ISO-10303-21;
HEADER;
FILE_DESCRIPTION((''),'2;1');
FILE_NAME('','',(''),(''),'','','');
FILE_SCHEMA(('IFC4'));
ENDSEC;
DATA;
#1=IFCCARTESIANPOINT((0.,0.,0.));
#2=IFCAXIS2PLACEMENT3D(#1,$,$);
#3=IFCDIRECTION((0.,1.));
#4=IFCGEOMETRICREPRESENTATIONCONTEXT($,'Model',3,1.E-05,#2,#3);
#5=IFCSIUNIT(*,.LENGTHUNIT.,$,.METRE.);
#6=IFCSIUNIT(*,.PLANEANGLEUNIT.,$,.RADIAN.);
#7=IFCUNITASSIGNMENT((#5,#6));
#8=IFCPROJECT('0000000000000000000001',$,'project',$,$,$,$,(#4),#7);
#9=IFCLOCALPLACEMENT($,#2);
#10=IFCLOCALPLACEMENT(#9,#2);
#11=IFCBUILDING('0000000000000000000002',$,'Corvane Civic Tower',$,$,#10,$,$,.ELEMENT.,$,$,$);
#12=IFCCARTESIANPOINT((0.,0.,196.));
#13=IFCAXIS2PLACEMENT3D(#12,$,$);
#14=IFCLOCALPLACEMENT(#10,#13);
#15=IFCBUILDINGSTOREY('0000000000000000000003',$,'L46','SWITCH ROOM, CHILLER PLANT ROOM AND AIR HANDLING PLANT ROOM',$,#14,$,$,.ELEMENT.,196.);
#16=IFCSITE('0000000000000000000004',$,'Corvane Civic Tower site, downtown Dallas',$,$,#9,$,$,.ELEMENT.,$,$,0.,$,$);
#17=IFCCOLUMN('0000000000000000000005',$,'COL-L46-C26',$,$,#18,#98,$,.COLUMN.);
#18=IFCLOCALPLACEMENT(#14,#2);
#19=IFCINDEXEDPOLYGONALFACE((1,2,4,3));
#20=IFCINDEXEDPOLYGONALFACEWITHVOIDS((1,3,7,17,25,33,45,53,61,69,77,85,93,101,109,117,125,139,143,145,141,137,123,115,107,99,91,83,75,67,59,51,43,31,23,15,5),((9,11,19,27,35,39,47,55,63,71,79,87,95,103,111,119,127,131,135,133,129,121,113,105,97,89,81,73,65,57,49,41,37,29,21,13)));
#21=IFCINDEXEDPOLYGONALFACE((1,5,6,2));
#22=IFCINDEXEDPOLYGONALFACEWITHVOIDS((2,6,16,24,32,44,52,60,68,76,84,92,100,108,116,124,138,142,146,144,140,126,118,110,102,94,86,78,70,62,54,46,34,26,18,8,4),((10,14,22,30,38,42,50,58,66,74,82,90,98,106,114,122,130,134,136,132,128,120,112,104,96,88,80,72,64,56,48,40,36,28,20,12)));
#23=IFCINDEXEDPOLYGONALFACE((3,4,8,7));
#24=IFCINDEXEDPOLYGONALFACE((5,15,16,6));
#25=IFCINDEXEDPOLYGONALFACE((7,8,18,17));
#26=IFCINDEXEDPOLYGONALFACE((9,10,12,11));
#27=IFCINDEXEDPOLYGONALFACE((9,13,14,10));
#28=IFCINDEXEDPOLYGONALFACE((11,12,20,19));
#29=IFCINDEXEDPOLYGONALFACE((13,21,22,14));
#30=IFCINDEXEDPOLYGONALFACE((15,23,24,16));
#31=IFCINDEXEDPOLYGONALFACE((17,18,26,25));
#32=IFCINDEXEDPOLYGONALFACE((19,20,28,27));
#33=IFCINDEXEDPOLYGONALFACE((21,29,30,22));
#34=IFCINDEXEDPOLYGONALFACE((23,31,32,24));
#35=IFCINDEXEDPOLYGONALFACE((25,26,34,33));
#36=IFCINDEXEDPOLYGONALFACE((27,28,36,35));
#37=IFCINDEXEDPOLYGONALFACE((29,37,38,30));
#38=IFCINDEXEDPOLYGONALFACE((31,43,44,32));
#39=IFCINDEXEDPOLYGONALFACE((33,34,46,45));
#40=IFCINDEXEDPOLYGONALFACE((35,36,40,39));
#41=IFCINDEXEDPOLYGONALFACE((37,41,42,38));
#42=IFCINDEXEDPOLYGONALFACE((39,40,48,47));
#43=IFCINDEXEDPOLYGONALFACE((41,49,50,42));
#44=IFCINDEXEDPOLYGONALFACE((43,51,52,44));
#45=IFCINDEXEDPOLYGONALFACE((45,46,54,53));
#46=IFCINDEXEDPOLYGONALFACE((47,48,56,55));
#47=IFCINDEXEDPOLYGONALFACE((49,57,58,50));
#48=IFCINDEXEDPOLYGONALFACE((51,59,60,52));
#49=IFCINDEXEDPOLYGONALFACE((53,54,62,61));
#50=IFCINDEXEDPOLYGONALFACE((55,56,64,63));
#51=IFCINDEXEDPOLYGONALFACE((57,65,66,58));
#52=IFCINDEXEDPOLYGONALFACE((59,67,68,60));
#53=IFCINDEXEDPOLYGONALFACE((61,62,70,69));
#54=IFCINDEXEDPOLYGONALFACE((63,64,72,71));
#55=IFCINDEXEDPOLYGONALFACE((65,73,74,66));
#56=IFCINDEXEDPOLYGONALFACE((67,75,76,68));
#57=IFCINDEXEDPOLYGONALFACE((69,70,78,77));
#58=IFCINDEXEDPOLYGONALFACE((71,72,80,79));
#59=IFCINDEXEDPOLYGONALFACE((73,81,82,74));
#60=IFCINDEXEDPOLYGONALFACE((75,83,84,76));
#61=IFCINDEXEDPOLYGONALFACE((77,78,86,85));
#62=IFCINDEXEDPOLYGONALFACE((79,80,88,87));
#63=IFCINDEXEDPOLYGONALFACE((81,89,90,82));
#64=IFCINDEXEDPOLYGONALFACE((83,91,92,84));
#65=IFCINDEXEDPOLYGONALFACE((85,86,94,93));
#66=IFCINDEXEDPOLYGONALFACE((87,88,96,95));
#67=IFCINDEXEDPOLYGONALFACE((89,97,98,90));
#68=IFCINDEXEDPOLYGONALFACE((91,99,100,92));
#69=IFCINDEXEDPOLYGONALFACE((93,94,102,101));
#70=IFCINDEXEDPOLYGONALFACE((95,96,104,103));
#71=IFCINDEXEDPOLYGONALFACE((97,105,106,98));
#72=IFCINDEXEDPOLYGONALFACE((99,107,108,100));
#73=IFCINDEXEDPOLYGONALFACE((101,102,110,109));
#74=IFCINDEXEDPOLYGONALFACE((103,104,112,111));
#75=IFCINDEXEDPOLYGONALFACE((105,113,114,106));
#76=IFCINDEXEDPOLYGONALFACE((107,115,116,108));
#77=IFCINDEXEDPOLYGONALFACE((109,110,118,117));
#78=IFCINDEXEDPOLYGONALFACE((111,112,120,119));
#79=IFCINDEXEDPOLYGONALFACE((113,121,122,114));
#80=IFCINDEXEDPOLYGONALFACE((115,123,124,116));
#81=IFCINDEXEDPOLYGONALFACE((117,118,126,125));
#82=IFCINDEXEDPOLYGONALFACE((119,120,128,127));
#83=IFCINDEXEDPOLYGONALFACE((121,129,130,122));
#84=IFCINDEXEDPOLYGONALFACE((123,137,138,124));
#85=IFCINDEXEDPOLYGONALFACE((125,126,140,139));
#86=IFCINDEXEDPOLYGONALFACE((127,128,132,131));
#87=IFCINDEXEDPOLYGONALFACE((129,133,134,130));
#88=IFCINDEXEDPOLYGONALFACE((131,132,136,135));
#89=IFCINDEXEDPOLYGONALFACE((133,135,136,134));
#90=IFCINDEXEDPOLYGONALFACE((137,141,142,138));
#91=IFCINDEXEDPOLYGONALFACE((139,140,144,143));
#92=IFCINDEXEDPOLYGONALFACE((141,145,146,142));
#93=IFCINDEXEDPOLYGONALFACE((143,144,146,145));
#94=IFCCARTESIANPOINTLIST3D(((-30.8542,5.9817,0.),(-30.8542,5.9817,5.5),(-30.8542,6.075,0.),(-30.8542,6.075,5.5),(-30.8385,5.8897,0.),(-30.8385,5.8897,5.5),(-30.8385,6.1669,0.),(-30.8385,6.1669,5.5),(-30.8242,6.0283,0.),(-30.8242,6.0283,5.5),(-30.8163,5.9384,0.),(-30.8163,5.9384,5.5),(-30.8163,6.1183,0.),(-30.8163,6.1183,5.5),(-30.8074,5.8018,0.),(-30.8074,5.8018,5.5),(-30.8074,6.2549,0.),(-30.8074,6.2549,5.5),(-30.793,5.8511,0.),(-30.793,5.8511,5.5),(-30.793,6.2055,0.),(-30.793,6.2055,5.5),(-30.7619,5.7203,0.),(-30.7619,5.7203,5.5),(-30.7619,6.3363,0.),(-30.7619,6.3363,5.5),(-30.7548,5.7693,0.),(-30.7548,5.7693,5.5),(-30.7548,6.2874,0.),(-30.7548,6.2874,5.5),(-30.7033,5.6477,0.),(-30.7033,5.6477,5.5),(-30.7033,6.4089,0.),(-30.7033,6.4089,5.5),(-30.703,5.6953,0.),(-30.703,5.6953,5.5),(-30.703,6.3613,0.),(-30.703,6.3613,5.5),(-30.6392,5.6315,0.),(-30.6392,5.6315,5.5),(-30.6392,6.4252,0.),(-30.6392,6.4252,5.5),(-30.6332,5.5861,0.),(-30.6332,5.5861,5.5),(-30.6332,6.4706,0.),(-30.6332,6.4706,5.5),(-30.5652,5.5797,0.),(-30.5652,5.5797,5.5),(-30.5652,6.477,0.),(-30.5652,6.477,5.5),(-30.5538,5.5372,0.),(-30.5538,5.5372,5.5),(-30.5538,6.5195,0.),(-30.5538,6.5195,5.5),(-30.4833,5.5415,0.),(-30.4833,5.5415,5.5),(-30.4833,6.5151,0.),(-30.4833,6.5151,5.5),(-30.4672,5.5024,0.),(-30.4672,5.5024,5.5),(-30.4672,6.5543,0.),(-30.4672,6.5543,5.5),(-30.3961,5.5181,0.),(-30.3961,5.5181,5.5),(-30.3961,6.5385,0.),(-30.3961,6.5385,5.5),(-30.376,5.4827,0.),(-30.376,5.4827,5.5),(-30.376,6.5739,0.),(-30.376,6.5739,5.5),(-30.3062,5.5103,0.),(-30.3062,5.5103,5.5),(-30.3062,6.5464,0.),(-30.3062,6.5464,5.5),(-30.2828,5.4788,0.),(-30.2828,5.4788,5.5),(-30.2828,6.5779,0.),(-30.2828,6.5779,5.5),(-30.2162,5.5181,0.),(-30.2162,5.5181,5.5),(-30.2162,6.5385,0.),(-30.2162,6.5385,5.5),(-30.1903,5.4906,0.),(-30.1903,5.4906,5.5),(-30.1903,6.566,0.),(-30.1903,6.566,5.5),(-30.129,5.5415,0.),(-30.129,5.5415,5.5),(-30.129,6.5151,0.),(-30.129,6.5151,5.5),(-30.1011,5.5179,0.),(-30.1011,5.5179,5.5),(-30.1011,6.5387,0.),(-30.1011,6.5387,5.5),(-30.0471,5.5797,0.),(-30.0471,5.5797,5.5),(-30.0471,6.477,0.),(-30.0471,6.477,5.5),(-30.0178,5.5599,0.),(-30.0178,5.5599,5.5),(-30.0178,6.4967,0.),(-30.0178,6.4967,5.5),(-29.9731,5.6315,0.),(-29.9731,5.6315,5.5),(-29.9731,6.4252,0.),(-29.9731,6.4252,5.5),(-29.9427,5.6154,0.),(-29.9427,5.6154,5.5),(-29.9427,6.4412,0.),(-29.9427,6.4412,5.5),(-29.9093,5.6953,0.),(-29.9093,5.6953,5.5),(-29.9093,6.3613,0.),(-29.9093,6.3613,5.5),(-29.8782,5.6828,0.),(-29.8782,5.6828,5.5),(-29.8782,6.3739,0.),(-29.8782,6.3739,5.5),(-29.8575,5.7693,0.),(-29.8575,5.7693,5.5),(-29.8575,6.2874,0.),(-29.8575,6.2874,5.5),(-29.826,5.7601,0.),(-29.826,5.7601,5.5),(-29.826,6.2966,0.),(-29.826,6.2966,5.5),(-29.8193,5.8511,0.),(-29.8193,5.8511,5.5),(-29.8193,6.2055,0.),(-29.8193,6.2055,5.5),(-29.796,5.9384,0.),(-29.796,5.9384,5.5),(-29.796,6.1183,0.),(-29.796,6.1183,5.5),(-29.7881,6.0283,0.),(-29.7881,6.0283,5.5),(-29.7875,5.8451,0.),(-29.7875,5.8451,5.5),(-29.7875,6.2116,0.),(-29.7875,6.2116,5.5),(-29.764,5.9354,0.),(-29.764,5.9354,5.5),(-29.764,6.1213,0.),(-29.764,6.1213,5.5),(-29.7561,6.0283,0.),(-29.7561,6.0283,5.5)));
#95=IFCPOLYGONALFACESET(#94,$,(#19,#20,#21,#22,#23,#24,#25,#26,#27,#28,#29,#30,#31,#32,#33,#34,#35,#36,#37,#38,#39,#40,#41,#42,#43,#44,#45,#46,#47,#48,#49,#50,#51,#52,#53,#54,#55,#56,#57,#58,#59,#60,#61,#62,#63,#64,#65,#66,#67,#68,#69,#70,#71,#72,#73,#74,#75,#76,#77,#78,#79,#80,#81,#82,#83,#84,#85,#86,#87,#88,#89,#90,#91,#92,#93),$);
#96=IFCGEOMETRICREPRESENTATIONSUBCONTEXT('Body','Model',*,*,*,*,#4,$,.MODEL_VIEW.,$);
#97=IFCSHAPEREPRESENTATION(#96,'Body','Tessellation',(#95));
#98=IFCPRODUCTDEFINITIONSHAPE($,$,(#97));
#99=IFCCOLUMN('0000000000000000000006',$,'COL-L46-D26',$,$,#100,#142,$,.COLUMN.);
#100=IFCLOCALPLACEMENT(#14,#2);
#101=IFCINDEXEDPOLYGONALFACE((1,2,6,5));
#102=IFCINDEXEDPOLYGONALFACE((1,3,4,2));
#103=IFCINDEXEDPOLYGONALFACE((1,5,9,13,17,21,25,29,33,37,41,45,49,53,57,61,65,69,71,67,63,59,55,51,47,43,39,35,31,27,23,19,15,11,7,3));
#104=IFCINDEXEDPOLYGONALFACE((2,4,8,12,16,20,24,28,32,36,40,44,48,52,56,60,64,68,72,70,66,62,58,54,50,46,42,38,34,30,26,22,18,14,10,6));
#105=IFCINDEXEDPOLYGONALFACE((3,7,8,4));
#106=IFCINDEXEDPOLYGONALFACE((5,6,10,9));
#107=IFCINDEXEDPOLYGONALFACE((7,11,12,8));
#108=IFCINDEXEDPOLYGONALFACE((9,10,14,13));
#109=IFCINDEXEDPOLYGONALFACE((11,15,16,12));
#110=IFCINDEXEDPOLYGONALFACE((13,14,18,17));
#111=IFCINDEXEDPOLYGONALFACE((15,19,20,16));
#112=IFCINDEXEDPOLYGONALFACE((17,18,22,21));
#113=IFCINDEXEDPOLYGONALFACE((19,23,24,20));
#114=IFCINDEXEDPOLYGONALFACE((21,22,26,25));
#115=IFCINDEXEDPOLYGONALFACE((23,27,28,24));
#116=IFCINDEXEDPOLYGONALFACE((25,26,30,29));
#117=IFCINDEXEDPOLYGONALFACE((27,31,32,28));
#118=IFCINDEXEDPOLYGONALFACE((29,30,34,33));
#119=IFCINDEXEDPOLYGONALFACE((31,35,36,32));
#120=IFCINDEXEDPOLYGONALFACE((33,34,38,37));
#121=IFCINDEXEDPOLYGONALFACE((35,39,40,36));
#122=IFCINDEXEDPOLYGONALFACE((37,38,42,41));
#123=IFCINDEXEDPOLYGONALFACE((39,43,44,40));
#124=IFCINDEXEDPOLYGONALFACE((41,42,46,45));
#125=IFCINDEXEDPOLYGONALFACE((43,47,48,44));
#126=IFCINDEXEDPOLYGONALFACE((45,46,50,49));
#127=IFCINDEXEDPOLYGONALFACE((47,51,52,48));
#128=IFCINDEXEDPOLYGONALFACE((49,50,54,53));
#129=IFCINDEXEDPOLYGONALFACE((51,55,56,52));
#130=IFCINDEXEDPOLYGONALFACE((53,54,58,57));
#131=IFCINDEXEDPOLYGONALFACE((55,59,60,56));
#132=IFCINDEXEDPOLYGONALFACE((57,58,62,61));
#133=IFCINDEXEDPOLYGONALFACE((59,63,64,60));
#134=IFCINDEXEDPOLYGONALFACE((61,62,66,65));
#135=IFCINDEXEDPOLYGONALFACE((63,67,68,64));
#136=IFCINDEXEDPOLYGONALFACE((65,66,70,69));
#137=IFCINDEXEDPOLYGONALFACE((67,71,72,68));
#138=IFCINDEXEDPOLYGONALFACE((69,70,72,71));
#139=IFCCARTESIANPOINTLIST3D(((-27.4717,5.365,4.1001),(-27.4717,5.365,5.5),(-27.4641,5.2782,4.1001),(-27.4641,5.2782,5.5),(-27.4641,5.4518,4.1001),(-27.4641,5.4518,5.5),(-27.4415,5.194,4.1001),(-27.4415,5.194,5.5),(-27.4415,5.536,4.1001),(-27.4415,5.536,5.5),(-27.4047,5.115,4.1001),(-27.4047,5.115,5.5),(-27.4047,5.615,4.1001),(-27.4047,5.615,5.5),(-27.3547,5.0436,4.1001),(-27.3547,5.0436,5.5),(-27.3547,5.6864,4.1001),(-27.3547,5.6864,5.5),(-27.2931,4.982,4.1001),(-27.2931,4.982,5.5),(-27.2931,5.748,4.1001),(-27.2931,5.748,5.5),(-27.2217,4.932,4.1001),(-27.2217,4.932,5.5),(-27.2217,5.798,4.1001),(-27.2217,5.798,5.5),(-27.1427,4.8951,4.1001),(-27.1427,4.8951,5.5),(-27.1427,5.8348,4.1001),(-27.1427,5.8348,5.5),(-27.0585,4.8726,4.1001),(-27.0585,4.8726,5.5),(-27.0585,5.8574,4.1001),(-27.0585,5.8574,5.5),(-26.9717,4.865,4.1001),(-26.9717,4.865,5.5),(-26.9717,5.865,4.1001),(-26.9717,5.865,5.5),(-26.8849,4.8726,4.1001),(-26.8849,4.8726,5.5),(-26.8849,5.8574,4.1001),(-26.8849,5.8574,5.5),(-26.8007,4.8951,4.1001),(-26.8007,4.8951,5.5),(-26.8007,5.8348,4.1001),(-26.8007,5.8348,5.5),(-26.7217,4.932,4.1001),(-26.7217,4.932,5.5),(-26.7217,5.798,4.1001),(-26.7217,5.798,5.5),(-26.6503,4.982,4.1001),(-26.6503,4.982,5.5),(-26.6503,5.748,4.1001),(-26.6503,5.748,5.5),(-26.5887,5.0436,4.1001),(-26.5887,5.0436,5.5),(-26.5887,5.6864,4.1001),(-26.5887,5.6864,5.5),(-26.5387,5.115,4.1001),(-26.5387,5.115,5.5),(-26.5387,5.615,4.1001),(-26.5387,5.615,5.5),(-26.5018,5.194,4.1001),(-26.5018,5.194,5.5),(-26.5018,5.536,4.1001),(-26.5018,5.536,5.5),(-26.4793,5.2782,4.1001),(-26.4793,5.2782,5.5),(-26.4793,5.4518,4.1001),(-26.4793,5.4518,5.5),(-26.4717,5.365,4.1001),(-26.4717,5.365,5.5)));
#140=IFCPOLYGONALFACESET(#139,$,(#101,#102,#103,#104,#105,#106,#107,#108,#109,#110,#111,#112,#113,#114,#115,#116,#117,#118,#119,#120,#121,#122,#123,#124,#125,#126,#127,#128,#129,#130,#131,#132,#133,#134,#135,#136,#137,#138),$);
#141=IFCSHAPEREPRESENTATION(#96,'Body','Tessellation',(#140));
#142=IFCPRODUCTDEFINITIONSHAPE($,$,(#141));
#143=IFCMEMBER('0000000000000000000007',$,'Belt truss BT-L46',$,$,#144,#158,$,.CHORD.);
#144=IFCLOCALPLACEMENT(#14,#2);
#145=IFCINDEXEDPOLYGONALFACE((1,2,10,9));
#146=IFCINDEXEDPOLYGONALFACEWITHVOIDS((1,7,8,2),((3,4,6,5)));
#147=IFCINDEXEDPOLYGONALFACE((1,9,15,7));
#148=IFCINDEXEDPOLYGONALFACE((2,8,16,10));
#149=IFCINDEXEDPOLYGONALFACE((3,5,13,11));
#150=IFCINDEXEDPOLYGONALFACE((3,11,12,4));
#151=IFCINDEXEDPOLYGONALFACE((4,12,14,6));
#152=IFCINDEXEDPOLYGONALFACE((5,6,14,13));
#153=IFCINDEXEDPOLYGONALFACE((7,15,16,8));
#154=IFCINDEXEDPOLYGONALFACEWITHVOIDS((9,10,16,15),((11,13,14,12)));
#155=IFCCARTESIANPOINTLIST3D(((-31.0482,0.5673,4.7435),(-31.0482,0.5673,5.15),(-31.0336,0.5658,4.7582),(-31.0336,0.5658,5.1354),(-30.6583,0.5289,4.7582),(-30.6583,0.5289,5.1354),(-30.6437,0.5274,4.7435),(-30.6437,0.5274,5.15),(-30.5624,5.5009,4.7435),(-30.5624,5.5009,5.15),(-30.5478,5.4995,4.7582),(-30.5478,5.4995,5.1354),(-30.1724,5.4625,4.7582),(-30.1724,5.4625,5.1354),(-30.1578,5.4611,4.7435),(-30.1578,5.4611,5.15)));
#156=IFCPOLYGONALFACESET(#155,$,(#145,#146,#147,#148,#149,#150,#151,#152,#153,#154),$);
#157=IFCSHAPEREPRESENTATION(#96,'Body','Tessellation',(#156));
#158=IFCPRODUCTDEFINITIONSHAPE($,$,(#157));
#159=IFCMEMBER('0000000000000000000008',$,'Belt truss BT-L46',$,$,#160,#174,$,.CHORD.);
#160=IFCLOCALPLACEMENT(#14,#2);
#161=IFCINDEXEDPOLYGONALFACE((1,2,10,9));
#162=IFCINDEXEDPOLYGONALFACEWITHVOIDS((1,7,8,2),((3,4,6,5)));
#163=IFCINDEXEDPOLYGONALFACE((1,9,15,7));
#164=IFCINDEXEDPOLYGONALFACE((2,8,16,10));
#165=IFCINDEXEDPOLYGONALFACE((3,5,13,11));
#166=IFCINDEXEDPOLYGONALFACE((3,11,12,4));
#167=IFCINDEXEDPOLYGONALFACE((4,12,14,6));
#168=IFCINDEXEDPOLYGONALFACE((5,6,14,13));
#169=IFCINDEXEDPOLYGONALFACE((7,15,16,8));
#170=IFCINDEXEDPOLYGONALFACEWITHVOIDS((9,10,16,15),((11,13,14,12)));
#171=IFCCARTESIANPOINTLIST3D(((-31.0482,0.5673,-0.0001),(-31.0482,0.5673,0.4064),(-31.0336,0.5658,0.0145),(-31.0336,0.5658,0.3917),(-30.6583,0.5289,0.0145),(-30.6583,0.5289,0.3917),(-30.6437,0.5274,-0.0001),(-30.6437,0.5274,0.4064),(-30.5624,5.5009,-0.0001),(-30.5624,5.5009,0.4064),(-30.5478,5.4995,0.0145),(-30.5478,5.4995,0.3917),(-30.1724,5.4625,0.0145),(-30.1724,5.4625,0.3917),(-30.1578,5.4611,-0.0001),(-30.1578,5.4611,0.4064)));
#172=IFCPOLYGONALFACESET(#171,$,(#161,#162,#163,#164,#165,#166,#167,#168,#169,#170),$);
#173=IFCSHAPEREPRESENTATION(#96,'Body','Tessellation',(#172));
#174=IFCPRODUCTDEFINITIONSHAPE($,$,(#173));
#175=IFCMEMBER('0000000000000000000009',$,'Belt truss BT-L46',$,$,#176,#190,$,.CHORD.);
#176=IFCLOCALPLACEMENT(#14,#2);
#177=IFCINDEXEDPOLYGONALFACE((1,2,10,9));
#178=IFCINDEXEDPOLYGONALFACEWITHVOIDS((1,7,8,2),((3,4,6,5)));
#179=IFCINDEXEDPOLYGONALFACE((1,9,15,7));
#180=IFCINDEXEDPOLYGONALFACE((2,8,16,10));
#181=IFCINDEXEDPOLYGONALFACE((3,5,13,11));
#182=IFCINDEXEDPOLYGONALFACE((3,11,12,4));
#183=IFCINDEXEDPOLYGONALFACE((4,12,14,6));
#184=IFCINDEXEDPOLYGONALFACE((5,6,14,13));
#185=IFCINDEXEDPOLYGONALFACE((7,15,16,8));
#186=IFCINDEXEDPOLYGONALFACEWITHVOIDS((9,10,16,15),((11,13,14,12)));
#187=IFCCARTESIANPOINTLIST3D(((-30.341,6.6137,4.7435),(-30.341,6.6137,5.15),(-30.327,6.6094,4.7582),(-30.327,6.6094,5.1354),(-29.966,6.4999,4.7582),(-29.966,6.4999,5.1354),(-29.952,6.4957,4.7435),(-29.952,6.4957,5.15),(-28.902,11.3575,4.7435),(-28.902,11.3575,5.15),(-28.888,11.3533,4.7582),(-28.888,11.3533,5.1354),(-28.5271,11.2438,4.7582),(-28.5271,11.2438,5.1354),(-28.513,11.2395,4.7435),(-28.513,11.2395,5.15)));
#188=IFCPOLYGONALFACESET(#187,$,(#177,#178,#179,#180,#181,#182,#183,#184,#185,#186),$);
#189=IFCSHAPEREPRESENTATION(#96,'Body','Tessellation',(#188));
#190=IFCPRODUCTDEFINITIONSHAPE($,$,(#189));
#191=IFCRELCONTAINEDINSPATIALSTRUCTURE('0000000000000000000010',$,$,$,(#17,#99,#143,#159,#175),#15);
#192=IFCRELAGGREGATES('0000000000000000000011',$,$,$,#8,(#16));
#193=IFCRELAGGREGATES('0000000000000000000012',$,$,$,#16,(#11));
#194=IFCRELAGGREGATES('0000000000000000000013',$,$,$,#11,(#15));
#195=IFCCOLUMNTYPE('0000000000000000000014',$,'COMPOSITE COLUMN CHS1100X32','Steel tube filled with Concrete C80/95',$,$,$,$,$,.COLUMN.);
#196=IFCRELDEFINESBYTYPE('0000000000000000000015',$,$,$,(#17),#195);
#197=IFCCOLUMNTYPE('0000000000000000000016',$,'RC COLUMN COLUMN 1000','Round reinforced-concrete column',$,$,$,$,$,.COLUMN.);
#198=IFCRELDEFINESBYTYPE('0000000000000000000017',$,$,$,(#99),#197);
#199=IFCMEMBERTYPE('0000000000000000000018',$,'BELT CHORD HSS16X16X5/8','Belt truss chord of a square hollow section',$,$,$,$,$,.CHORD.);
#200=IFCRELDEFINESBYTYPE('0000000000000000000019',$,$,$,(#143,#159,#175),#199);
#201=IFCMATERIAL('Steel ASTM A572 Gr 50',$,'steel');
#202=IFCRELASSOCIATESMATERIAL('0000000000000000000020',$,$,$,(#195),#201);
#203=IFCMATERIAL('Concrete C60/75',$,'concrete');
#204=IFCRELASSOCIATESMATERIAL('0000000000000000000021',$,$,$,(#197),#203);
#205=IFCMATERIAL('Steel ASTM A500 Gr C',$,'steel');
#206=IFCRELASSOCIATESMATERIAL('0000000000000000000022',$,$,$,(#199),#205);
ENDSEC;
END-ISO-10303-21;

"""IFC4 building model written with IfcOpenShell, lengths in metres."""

from ifc_helpers import new_model, si_unit, direction, frame, origin, origin_2d, place, context, subcontext, project, spatial, hollow_rectangle, circle, hollow_circle, extrude, material, material_profile, profile_set, type_object, element, save


model = new_model("IFC4")

# Units and contexts
model_context = context("Model", 3, precision=1e-05, world=origin(), true_north=direction((0.0, 1.0)))
body_context = subcontext(model_context, "Body", "Model", "MODEL_VIEW")
ifc_project = project(units=[si_unit("LENGTHUNIT", "METRE"), si_unit("PLANEANGLEUNIT", "RADIAN")], contexts=[model_context])

# Site, building, storey
site_placement = place(None, origin())
site = spatial("IfcSite", under=ifc_project, at=site_placement, Name="Corvane Civic Tower site, downtown Dallas", CompositionType="ELEMENT", RefElevation=0.0)
building_placement = place(site_placement, origin())
building = spatial("IfcBuilding", under=site, at=building_placement, Name="Corvane Civic Tower", CompositionType="ELEMENT")
storey_placement = place(building_placement, frame((0.0, 0.0, 196.0)))
storey = spatial("IfcBuildingStorey", under=building, at=storey_placement, Name="L46", Description="SWITCH ROOM, CHILLER PLANT ROOM AND AIR HANDLING PLANT ROOM", CompositionType="ELEMENT", Elevation=196.0)

# Columns
ifc_material_1 = material(Name="Steel ASTM A572 Gr 50", Category="steel")
ifc_material_profile_1 = material_profile(ifc_material_1, hollow_circle(Radius=0.55, WallThickness=0.032, at=origin_2d()), Name="CHS1100X32")
ifc_profile_set_1 = profile_set([ifc_material_profile_1], Name="Steel ASTM A572 Gr 50")
column_type_1 = type_object("IfcColumnType", Name="COMPOSITE COLUMN CHS1100X32", Description="Steel tube filled with Concrete C80/95", PredefinedType="COLUMN", material=ifc_profile_set_1)
column_1_placement = place(storey_placement, frame((-30.3062, 6.0283, 0.0), z_axis=(0.0, 0.0, 1.0), x_axis=(1.0, 0.0, 0.0)))
element("IfcColumn", 1, at=column_1_placement, inside=storey, type_object=column_type_1, Name="COL-L46-C26", PredefinedType="COLUMN", context=body_context, shape_type="SweptSolid", body=[
    extrude(hollow_circle(Radius=0.55, WallThickness=0.032, at=origin_2d()), origin(), (0.0, 0.0, 1.0), 5.5),
])
ifc_material_2 = material(Name="Concrete C60/75", Category="concrete")
ifc_material_profile_2 = material_profile(ifc_material_2, circle(Radius=0.5, at=origin_2d()), Name="COLUMN 1000")
ifc_profile_set_2 = profile_set([ifc_material_profile_2], Name="Concrete C60/75")
column_type_2 = type_object("IfcColumnType", Name="RC COLUMN COLUMN 1000", Description="Round reinforced-concrete column", PredefinedType="COLUMN", material=ifc_profile_set_2)
column_2_placement = place(storey_placement, frame((-26.9717, 5.365, 4.1001), z_axis=(0.0, 0.0, 1.0), x_axis=(1.0, 0.0, 0.0)))
element("IfcColumn", 2, at=column_2_placement, inside=storey, type_object=column_type_2, Name="COL-L46-D26", PredefinedType="COLUMN", context=body_context, shape_type="SweptSolid", body=[
    extrude(circle(Radius=0.5, at=origin_2d()), origin(), (0.0, 0.0, 1.0), 1.3999),
])

# Members
ifc_material_3 = material(Name="Steel ASTM A500 Gr C", Category="steel")
ifc_material_profile_3 = material_profile(ifc_material_3, hollow_rectangle(XDim=0.4065, YDim=0.4065, WallThickness=0.0146, at=origin_2d()), Name="HSS16X16X5/8")
ifc_profile_set_3 = profile_set([ifc_material_profile_3], Name="Steel ASTM A500 Gr C")
member_type_1 = type_object("IfcMemberType", Name="BELT CHORD HSS16X16X5/8", Description="Belt truss chord of a square hollow section", PredefinedType="CHORD", material=ifc_profile_set_3)
for number, where, z_axis, x_axis, name in (
    (3, (-30.8459, 0.5474, 4.9468), (0.098002, 0.995186, 0.0), (-0.995186, 0.098002, 0.0), "Belt truss BT-L46"),
    (4, (-30.8459, 0.5474, 0.2031), (0.098002, 0.995186, 0.0), (-0.995186, 0.098002, 0.0), "Belt truss BT-L46"),
):
    element("IfcMember", number, at=place(storey_placement, frame(where, z_axis=z_axis, x_axis=x_axis)), inside=storey, type_object=member_type_1, Name=name, PredefinedType="CHORD", context=body_context, shape_type="SweptSolid", body=[
        extrude(hollow_rectangle(XDim=0.4065, YDim=0.4065, WallThickness=0.0146, at=origin_2d()), origin(), (0.0, 0.0, 1.0), 4.9575),
    ])
for number, where, z_axis, x_axis, name in (
    (5, (-30.1465, 6.5547, 4.9468), (0.29027, 0.956945, 0.0), (-0.956945, 0.29027, 0.0), "Belt truss BT-L46"),
):
    element("IfcMember", number, at=place(storey_placement, frame(where, z_axis=z_axis, x_axis=x_axis)), inside=storey, type_object=member_type_1, Name=name, PredefinedType="CHORD", context=body_context, shape_type="SweptSolid", body=[
        extrude(hollow_rectangle(XDim=0.4065, YDim=0.4065, WallThickness=0.0146, at=origin_2d()), origin(), (0.0, 0.0, 1.0), 4.9573),
    ])

save(model, "model.ifc")
